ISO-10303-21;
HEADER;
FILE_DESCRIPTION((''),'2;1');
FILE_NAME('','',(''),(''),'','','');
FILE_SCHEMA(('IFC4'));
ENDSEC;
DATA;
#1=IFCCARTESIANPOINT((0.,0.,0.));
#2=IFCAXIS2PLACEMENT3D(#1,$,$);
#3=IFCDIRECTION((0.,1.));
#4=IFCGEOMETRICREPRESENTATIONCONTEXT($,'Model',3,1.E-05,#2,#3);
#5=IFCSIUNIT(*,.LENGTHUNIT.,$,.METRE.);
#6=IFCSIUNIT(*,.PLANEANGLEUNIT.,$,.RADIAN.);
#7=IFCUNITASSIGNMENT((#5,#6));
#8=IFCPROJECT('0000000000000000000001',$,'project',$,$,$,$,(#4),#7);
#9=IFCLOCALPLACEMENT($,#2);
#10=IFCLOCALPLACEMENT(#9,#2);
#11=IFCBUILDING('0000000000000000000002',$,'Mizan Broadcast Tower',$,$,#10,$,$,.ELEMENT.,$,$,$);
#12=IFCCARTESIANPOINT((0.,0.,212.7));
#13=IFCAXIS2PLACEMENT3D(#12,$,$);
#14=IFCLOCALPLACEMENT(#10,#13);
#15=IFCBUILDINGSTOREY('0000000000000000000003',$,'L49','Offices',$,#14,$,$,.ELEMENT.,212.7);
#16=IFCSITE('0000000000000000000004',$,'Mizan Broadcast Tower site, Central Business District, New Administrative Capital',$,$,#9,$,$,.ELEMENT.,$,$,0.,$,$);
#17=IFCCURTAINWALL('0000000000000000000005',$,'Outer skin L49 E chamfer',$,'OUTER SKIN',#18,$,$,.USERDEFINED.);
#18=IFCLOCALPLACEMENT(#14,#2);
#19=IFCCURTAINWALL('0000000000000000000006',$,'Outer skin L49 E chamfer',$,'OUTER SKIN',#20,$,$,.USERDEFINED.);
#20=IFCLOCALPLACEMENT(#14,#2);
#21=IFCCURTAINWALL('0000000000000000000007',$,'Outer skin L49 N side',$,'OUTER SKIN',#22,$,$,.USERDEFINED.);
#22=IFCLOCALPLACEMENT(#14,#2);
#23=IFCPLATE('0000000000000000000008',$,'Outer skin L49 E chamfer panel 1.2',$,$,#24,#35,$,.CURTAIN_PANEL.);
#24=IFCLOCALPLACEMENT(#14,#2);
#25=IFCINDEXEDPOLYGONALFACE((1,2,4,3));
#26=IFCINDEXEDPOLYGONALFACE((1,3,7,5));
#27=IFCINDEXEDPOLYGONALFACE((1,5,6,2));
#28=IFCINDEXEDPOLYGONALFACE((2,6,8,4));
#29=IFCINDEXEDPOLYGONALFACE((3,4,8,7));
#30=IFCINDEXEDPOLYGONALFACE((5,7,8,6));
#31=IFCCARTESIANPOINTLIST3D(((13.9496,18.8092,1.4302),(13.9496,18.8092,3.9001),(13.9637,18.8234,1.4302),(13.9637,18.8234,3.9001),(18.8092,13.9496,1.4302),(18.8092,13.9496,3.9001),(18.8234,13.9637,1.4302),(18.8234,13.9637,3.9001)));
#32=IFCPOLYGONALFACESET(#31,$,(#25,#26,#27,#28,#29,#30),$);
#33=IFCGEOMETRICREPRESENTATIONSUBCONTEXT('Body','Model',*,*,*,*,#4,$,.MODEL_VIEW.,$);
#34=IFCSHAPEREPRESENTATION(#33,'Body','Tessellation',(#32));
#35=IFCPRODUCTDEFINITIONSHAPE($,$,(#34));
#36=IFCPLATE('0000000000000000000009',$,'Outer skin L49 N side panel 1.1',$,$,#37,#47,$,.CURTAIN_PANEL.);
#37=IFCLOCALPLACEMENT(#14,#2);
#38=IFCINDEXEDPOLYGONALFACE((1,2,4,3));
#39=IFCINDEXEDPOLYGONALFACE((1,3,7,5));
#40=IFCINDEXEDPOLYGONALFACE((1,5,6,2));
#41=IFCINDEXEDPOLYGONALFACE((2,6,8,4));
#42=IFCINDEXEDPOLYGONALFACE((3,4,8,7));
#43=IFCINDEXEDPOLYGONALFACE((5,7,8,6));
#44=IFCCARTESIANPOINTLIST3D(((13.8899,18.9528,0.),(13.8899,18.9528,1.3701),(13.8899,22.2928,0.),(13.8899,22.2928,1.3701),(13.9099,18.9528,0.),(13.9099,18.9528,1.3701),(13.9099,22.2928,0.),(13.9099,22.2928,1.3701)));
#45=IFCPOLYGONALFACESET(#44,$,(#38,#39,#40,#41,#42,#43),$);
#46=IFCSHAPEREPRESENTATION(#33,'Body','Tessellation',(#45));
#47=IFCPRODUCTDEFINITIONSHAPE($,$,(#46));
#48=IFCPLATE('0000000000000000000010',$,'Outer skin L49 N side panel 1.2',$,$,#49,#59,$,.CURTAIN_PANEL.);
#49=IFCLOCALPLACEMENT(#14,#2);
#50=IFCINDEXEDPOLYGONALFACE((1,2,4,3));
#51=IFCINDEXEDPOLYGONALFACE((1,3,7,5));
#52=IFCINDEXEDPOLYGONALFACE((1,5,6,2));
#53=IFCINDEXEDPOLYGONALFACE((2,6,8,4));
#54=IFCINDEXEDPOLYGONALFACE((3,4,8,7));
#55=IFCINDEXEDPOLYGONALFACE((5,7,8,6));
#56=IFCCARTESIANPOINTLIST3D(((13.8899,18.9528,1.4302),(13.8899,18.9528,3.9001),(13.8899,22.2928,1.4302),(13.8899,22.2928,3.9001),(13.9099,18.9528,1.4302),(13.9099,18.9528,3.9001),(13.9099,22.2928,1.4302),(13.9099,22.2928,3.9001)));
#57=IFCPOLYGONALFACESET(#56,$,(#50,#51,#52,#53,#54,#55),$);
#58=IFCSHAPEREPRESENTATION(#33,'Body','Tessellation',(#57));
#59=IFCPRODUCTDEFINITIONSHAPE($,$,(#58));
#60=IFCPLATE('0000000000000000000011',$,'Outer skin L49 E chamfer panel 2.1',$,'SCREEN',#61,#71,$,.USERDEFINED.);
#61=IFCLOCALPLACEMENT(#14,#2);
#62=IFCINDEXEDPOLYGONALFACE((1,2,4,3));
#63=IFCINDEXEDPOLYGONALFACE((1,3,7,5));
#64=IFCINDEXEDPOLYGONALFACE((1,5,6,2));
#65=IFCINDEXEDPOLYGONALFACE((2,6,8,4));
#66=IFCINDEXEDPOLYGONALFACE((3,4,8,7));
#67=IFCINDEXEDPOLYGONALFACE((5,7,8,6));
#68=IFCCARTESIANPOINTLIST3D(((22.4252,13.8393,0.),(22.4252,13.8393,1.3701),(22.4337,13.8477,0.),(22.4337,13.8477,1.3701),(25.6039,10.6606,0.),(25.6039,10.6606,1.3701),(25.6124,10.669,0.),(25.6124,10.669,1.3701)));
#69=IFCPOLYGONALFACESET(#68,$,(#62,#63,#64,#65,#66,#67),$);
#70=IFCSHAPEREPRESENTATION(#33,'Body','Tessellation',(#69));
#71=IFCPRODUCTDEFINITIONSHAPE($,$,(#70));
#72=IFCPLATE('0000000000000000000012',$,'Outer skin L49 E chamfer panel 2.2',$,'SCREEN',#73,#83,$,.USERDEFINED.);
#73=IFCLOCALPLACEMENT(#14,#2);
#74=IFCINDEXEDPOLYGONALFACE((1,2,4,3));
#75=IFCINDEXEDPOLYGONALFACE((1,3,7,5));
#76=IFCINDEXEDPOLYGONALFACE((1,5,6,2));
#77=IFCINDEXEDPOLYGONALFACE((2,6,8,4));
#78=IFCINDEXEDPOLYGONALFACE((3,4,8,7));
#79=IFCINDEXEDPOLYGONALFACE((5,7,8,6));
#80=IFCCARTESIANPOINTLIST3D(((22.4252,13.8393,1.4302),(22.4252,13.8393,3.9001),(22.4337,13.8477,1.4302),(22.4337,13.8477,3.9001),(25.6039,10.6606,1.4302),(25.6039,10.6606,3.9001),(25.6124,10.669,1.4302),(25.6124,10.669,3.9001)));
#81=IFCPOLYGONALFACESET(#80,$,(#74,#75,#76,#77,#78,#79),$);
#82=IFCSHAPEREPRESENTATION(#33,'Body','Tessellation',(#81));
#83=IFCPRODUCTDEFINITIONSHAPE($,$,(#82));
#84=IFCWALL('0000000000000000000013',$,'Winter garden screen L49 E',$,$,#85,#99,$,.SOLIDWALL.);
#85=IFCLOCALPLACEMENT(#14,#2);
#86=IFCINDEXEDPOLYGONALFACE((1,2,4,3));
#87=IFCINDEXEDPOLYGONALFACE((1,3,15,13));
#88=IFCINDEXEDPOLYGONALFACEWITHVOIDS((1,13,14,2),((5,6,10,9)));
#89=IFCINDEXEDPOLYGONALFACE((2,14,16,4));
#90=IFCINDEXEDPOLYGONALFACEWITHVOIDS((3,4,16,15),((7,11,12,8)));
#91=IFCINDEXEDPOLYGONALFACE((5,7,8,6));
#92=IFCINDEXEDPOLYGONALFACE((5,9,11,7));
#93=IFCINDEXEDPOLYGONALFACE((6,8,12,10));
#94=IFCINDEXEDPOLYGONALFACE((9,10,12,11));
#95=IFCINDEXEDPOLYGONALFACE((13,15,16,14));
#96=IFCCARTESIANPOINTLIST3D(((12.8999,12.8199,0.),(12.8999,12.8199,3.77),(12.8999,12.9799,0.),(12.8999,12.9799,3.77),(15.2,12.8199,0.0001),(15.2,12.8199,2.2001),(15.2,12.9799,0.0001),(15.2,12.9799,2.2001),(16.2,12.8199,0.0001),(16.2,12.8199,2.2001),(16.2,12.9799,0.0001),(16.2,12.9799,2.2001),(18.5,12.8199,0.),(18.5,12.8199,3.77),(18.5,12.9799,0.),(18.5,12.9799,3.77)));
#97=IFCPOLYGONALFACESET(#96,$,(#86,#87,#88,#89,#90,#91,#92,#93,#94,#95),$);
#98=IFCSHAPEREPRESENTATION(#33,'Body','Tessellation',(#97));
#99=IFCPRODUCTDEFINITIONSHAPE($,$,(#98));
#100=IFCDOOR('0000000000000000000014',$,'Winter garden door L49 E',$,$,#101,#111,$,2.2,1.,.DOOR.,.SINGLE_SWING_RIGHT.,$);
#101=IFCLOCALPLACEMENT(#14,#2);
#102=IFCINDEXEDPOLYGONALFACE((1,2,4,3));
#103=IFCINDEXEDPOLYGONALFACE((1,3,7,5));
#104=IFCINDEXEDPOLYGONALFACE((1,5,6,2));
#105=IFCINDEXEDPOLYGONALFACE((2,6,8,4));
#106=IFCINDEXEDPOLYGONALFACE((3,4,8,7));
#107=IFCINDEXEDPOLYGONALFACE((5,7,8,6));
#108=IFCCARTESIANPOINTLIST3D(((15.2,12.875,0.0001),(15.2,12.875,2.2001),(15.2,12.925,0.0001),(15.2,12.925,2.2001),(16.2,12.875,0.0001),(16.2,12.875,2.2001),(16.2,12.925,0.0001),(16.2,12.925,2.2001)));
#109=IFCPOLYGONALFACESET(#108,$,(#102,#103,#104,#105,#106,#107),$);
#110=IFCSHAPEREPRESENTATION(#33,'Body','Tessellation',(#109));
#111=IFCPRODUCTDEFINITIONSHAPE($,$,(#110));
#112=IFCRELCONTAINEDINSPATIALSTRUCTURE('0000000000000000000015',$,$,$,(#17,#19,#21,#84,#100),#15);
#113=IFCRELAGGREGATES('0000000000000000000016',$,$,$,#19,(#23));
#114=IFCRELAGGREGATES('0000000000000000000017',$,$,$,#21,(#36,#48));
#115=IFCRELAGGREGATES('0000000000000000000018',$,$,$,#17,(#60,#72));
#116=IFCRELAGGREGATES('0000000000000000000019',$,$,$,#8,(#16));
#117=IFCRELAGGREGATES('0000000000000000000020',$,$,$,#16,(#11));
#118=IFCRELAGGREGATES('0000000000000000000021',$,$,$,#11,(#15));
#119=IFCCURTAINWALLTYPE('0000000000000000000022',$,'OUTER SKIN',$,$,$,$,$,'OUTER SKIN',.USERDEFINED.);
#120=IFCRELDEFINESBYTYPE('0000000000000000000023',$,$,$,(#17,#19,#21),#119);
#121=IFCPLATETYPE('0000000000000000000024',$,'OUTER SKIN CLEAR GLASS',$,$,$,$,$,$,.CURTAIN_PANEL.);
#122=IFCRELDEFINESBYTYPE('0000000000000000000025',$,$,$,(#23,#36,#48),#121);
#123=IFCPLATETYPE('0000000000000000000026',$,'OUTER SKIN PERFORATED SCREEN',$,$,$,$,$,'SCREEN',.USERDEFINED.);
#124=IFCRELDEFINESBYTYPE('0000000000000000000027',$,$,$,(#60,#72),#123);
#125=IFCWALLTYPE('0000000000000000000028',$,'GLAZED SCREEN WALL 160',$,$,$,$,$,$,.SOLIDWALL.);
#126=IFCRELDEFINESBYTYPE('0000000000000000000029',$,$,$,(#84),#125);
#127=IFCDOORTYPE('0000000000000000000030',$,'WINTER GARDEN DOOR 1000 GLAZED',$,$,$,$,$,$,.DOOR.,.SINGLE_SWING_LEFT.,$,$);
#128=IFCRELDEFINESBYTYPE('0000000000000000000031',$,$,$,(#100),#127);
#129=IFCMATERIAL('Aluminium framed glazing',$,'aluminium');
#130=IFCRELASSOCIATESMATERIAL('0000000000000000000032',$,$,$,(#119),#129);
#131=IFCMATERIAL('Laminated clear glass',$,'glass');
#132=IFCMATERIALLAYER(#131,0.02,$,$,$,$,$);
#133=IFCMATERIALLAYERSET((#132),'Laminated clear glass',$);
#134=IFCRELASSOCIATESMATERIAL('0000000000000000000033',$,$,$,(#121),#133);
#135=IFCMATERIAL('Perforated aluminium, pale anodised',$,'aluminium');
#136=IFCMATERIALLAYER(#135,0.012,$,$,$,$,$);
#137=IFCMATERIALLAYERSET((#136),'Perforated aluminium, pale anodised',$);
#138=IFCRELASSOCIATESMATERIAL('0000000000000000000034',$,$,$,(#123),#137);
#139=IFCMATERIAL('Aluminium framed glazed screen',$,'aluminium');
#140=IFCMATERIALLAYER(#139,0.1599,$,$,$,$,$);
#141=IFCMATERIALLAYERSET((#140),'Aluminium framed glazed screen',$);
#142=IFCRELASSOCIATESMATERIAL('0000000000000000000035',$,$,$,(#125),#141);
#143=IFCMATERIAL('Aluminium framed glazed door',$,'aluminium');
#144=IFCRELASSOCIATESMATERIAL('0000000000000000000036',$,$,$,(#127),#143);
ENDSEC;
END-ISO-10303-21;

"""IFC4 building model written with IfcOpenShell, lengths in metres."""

from ifc_helpers import new_model, si_unit, direction, frame, frame_2d, origin, origin_2d, place, context, subcontext, project, spatial, rectangle, extrude, material, layer, layer_set, type_object, element, fill, aggregate, save


model = new_model("IFC4")

# Units and contexts
model_context = context("Model", 3, precision=1e-05, world=origin(), true_north=direction((0.0, 1.0)))
body_context = subcontext(model_context, "Body", "Model", "MODEL_VIEW")
ifc_project = project(units=[si_unit("LENGTHUNIT", "METRE"), si_unit("PLANEANGLEUNIT", "RADIAN")], contexts=[model_context])

# Site, building, storey
site_placement = place(None, origin())
site = spatial("IfcSite", under=ifc_project, at=site_placement, Name="Mizan Broadcast Tower site, Central Business District, New Administrative Capital", CompositionType="ELEMENT", RefElevation=0.0)
building_placement = place(site_placement, origin())
building = spatial("IfcBuilding", under=site, at=building_placement, Name="Mizan Broadcast Tower", CompositionType="ELEMENT")
storey_placement = place(building_placement, frame((0.0, 0.0, 212.7)))
storey = spatial("IfcBuildingStorey", under=building, at=storey_placement, Name="L49", Description="Offices", CompositionType="ELEMENT", Elevation=212.7)

# Curtain walls
ifc_material_1 = material(Name="Aluminium framed glazing", Category="aluminium")
curtain_wall_type_1 = type_object("IfcCurtainWallType", Name="OUTER SKIN", ElementType="OUTER SKIN", PredefinedType="USERDEFINED", material=ifc_material_1)
curtain_wall_1_placement = place(storey_placement, origin())
curtain_wall_1 = element("IfcCurtainWall", 1, at=curtain_wall_1_placement, inside=storey, type_object=curtain_wall_type_1, Name="Outer skin L49 E chamfer", ObjectType="OUTER SKIN", PredefinedType="USERDEFINED")
curtain_wall_2_placement = place(storey_placement, origin())
curtain_wall_2 = element("IfcCurtainWall", 2, at=curtain_wall_2_placement, inside=storey, type_object=curtain_wall_type_1, Name="Outer skin L49 E chamfer", ObjectType="OUTER SKIN", PredefinedType="USERDEFINED")
curtain_wall_3_placement = place(storey_placement, origin())
curtain_wall_3 = element("IfcCurtainWall", 3, at=curtain_wall_3_placement, inside=storey, type_object=curtain_wall_type_1, Name="Outer skin L49 N side", ObjectType="OUTER SKIN", PredefinedType="USERDEFINED")

# Plates
ifc_material_2 = material(Name="Laminated clear glass", Category="glass")
ifc_layer_1 = layer(ifc_material_2, 0.02)
ifc_layer_set_1 = layer_set([ifc_layer_1], Name="Laminated clear glass")
plate_type_1 = type_object("IfcPlateType", Name="OUTER SKIN CLEAR GLASS", PredefinedType="CURTAIN_PANEL", material=ifc_layer_set_1)
plate_1_placement = place(storey_placement, frame((16.3865, 16.3865, 1.4302), z_axis=(0.0, 0.0, 1.0), x_axis=(-0.707107, 0.707107, 0.0)))
plate_1 = element("IfcPlate", 4, at=plate_1_placement, type_object=plate_type_1, Name="Outer skin L49 E chamfer panel 1.2", PredefinedType="CURTAIN_PANEL", context=body_context, shape_type="SweptSolid", body=[
    extrude(rectangle(XDim=6.8726, YDim=0.02, at=origin_2d()), origin(), (0.0, 0.0, 1.0), 2.47),
])
aggregate(curtain_wall_2, [plate_1])
plate_2_placement = place(storey_placement, frame((13.8999, 20.6228, 0.0), z_axis=(0.0, 0.0, 1.0), x_axis=(0.0, 1.0, 0.0)))
plate_2 = element("IfcPlate", 5, at=plate_2_placement, type_object=plate_type_1, Name="Outer skin L49 N side panel 1.1", PredefinedType="CURTAIN_PANEL", context=body_context, shape_type="SweptSolid", body=[
    extrude(rectangle(XDim=3.3401, YDim=0.02, at=origin_2d()), origin(), (0.0, 0.0, 1.0), 1.3701),
])
plate_3_placement = place(storey_placement, frame((13.8999, 20.6228, 1.4302), z_axis=(0.0, 0.0, 1.0), x_axis=(0.0, 1.0, 0.0)))
plate_3 = element("IfcPlate", 6, at=plate_3_placement, type_object=plate_type_1, Name="Outer skin L49 N side panel 1.2", PredefinedType="CURTAIN_PANEL", context=body_context, shape_type="SweptSolid", body=[
    extrude(rectangle(XDim=3.3401, YDim=0.02, at=origin_2d()), origin(), (0.0, 0.0, 1.0), 2.47),
])
aggregate(curtain_wall_3, [plate_2, plate_3])
ifc_material_3 = material(Name="Perforated aluminium, pale anodised", Category="aluminium")
ifc_layer_2 = layer(ifc_material_3, 0.012)
ifc_layer_set_2 = layer_set([ifc_layer_2], Name="Perforated aluminium, pale anodised")
plate_type_2 = type_object("IfcPlateType", Name="OUTER SKIN PERFORATED SCREEN", ElementType="SCREEN", PredefinedType="USERDEFINED", material=ifc_layer_set_2)
plate_4_placement = place(storey_placement, frame((24.0188, 12.2542, 0.0), z_axis=(0.0, 0.0, 1.0), x_axis=(-0.707107, 0.707107, 0.0)))
plate_4 = element("IfcPlate", 7, at=plate_4_placement, type_object=plate_type_2, Name="Outer skin L49 E chamfer panel 2.1", ObjectType="SCREEN", PredefinedType="USERDEFINED", context=body_context, shape_type="SweptSolid", body=[
    extrude(rectangle(XDim=4.4954, YDim=0.012, at=origin_2d()), origin(), (0.0, 0.0, 1.0), 1.3701),
])
plate_5_placement = place(storey_placement, frame((24.0188, 12.2542, 1.4302), z_axis=(0.0, 0.0, 1.0), x_axis=(-0.707107, 0.707107, 0.0)))
plate_5 = element("IfcPlate", 8, at=plate_5_placement, type_object=plate_type_2, Name="Outer skin L49 E chamfer panel 2.2", ObjectType="SCREEN", PredefinedType="USERDEFINED", context=body_context, shape_type="SweptSolid", body=[
    extrude(rectangle(XDim=4.4954, YDim=0.012, at=origin_2d()), origin(), (0.0, 0.0, 1.0), 2.47),
])
aggregate(curtain_wall_1, [plate_4, plate_5])

# Wall, opening, door
ifc_material_4 = material(Name="Aluminium framed glazed screen", Category="aluminium")
ifc_layer_3 = layer(ifc_material_4, 0.1599)
ifc_layer_set_3 = layer_set([ifc_layer_3], Name="Aluminium framed glazed screen")
wall_type = type_object("IfcWallType", Name="GLAZED SCREEN WALL 160", PredefinedType="SOLIDWALL", material=ifc_layer_set_3)
wall_placement = place(storey_placement, frame((18.5, 12.8999, 0.0), z_axis=(0.0, 0.0, 1.0), x_axis=(-1.0, 0.0, 0.0)))
wall = element("IfcWall", 9, at=wall_placement, inside=storey, type_object=wall_type, Name="Winter garden screen L49 E", PredefinedType="SOLIDWALL", context=body_context, shape_type="SweptSolid", body=[
    extrude(rectangle(XDim=5.6001, YDim=0.1599, at=frame_2d((2.8, 0.0))), origin(), (0.0, 0.0, 1.0), 3.77),
])
opening_placement = place(wall_placement, frame((2.3, 0.0, 0.0)))
opening = element("IfcOpeningElement", 10, at=opening_placement, cuts=wall, PredefinedType="OPENING", context=body_context, shape_type="SweptSolid", body=[
    extrude(rectangle(XDim=1.0, YDim=2.2, at=frame_2d((0.5, 1.1001))), frame((0.0, 0.0898, 0.0), z_axis=(0.0, -1.0, 0.0), x_axis=(1.0, 0.0, 0.0)), (0.0, 0.0, 1.0), 0.1799),
])
ifc_material_5 = material(Name="Aluminium framed glazed door", Category="aluminium")
door_type = type_object("IfcDoorType", Name="WINTER GARDEN DOOR 1000 GLAZED", OperationType="SINGLE_SWING_LEFT", PredefinedType="DOOR", material=ifc_material_5)
door_placement = place(opening_placement, origin())
door = element("IfcDoor", 11, at=door_placement, inside=storey, type_object=door_type, Name="Winter garden door L49 E", OperationType="SINGLE_SWING_RIGHT", OverallHeight=2.2, OverallWidth=1.0, PredefinedType="DOOR", context=body_context, shape_type="SweptSolid", body=[
    extrude(rectangle(XDim=1.0, YDim=2.2, at=frame_2d((0.5, 1.1001))), frame((0.0, 0.0249, 0.0), z_axis=(0.0, -1.0, 0.0), x_axis=(1.0, 0.0, 0.0)), (0.0, 0.0, 1.0), 0.05),
])
fill(opening, door)

save(model, "model.ifc")
